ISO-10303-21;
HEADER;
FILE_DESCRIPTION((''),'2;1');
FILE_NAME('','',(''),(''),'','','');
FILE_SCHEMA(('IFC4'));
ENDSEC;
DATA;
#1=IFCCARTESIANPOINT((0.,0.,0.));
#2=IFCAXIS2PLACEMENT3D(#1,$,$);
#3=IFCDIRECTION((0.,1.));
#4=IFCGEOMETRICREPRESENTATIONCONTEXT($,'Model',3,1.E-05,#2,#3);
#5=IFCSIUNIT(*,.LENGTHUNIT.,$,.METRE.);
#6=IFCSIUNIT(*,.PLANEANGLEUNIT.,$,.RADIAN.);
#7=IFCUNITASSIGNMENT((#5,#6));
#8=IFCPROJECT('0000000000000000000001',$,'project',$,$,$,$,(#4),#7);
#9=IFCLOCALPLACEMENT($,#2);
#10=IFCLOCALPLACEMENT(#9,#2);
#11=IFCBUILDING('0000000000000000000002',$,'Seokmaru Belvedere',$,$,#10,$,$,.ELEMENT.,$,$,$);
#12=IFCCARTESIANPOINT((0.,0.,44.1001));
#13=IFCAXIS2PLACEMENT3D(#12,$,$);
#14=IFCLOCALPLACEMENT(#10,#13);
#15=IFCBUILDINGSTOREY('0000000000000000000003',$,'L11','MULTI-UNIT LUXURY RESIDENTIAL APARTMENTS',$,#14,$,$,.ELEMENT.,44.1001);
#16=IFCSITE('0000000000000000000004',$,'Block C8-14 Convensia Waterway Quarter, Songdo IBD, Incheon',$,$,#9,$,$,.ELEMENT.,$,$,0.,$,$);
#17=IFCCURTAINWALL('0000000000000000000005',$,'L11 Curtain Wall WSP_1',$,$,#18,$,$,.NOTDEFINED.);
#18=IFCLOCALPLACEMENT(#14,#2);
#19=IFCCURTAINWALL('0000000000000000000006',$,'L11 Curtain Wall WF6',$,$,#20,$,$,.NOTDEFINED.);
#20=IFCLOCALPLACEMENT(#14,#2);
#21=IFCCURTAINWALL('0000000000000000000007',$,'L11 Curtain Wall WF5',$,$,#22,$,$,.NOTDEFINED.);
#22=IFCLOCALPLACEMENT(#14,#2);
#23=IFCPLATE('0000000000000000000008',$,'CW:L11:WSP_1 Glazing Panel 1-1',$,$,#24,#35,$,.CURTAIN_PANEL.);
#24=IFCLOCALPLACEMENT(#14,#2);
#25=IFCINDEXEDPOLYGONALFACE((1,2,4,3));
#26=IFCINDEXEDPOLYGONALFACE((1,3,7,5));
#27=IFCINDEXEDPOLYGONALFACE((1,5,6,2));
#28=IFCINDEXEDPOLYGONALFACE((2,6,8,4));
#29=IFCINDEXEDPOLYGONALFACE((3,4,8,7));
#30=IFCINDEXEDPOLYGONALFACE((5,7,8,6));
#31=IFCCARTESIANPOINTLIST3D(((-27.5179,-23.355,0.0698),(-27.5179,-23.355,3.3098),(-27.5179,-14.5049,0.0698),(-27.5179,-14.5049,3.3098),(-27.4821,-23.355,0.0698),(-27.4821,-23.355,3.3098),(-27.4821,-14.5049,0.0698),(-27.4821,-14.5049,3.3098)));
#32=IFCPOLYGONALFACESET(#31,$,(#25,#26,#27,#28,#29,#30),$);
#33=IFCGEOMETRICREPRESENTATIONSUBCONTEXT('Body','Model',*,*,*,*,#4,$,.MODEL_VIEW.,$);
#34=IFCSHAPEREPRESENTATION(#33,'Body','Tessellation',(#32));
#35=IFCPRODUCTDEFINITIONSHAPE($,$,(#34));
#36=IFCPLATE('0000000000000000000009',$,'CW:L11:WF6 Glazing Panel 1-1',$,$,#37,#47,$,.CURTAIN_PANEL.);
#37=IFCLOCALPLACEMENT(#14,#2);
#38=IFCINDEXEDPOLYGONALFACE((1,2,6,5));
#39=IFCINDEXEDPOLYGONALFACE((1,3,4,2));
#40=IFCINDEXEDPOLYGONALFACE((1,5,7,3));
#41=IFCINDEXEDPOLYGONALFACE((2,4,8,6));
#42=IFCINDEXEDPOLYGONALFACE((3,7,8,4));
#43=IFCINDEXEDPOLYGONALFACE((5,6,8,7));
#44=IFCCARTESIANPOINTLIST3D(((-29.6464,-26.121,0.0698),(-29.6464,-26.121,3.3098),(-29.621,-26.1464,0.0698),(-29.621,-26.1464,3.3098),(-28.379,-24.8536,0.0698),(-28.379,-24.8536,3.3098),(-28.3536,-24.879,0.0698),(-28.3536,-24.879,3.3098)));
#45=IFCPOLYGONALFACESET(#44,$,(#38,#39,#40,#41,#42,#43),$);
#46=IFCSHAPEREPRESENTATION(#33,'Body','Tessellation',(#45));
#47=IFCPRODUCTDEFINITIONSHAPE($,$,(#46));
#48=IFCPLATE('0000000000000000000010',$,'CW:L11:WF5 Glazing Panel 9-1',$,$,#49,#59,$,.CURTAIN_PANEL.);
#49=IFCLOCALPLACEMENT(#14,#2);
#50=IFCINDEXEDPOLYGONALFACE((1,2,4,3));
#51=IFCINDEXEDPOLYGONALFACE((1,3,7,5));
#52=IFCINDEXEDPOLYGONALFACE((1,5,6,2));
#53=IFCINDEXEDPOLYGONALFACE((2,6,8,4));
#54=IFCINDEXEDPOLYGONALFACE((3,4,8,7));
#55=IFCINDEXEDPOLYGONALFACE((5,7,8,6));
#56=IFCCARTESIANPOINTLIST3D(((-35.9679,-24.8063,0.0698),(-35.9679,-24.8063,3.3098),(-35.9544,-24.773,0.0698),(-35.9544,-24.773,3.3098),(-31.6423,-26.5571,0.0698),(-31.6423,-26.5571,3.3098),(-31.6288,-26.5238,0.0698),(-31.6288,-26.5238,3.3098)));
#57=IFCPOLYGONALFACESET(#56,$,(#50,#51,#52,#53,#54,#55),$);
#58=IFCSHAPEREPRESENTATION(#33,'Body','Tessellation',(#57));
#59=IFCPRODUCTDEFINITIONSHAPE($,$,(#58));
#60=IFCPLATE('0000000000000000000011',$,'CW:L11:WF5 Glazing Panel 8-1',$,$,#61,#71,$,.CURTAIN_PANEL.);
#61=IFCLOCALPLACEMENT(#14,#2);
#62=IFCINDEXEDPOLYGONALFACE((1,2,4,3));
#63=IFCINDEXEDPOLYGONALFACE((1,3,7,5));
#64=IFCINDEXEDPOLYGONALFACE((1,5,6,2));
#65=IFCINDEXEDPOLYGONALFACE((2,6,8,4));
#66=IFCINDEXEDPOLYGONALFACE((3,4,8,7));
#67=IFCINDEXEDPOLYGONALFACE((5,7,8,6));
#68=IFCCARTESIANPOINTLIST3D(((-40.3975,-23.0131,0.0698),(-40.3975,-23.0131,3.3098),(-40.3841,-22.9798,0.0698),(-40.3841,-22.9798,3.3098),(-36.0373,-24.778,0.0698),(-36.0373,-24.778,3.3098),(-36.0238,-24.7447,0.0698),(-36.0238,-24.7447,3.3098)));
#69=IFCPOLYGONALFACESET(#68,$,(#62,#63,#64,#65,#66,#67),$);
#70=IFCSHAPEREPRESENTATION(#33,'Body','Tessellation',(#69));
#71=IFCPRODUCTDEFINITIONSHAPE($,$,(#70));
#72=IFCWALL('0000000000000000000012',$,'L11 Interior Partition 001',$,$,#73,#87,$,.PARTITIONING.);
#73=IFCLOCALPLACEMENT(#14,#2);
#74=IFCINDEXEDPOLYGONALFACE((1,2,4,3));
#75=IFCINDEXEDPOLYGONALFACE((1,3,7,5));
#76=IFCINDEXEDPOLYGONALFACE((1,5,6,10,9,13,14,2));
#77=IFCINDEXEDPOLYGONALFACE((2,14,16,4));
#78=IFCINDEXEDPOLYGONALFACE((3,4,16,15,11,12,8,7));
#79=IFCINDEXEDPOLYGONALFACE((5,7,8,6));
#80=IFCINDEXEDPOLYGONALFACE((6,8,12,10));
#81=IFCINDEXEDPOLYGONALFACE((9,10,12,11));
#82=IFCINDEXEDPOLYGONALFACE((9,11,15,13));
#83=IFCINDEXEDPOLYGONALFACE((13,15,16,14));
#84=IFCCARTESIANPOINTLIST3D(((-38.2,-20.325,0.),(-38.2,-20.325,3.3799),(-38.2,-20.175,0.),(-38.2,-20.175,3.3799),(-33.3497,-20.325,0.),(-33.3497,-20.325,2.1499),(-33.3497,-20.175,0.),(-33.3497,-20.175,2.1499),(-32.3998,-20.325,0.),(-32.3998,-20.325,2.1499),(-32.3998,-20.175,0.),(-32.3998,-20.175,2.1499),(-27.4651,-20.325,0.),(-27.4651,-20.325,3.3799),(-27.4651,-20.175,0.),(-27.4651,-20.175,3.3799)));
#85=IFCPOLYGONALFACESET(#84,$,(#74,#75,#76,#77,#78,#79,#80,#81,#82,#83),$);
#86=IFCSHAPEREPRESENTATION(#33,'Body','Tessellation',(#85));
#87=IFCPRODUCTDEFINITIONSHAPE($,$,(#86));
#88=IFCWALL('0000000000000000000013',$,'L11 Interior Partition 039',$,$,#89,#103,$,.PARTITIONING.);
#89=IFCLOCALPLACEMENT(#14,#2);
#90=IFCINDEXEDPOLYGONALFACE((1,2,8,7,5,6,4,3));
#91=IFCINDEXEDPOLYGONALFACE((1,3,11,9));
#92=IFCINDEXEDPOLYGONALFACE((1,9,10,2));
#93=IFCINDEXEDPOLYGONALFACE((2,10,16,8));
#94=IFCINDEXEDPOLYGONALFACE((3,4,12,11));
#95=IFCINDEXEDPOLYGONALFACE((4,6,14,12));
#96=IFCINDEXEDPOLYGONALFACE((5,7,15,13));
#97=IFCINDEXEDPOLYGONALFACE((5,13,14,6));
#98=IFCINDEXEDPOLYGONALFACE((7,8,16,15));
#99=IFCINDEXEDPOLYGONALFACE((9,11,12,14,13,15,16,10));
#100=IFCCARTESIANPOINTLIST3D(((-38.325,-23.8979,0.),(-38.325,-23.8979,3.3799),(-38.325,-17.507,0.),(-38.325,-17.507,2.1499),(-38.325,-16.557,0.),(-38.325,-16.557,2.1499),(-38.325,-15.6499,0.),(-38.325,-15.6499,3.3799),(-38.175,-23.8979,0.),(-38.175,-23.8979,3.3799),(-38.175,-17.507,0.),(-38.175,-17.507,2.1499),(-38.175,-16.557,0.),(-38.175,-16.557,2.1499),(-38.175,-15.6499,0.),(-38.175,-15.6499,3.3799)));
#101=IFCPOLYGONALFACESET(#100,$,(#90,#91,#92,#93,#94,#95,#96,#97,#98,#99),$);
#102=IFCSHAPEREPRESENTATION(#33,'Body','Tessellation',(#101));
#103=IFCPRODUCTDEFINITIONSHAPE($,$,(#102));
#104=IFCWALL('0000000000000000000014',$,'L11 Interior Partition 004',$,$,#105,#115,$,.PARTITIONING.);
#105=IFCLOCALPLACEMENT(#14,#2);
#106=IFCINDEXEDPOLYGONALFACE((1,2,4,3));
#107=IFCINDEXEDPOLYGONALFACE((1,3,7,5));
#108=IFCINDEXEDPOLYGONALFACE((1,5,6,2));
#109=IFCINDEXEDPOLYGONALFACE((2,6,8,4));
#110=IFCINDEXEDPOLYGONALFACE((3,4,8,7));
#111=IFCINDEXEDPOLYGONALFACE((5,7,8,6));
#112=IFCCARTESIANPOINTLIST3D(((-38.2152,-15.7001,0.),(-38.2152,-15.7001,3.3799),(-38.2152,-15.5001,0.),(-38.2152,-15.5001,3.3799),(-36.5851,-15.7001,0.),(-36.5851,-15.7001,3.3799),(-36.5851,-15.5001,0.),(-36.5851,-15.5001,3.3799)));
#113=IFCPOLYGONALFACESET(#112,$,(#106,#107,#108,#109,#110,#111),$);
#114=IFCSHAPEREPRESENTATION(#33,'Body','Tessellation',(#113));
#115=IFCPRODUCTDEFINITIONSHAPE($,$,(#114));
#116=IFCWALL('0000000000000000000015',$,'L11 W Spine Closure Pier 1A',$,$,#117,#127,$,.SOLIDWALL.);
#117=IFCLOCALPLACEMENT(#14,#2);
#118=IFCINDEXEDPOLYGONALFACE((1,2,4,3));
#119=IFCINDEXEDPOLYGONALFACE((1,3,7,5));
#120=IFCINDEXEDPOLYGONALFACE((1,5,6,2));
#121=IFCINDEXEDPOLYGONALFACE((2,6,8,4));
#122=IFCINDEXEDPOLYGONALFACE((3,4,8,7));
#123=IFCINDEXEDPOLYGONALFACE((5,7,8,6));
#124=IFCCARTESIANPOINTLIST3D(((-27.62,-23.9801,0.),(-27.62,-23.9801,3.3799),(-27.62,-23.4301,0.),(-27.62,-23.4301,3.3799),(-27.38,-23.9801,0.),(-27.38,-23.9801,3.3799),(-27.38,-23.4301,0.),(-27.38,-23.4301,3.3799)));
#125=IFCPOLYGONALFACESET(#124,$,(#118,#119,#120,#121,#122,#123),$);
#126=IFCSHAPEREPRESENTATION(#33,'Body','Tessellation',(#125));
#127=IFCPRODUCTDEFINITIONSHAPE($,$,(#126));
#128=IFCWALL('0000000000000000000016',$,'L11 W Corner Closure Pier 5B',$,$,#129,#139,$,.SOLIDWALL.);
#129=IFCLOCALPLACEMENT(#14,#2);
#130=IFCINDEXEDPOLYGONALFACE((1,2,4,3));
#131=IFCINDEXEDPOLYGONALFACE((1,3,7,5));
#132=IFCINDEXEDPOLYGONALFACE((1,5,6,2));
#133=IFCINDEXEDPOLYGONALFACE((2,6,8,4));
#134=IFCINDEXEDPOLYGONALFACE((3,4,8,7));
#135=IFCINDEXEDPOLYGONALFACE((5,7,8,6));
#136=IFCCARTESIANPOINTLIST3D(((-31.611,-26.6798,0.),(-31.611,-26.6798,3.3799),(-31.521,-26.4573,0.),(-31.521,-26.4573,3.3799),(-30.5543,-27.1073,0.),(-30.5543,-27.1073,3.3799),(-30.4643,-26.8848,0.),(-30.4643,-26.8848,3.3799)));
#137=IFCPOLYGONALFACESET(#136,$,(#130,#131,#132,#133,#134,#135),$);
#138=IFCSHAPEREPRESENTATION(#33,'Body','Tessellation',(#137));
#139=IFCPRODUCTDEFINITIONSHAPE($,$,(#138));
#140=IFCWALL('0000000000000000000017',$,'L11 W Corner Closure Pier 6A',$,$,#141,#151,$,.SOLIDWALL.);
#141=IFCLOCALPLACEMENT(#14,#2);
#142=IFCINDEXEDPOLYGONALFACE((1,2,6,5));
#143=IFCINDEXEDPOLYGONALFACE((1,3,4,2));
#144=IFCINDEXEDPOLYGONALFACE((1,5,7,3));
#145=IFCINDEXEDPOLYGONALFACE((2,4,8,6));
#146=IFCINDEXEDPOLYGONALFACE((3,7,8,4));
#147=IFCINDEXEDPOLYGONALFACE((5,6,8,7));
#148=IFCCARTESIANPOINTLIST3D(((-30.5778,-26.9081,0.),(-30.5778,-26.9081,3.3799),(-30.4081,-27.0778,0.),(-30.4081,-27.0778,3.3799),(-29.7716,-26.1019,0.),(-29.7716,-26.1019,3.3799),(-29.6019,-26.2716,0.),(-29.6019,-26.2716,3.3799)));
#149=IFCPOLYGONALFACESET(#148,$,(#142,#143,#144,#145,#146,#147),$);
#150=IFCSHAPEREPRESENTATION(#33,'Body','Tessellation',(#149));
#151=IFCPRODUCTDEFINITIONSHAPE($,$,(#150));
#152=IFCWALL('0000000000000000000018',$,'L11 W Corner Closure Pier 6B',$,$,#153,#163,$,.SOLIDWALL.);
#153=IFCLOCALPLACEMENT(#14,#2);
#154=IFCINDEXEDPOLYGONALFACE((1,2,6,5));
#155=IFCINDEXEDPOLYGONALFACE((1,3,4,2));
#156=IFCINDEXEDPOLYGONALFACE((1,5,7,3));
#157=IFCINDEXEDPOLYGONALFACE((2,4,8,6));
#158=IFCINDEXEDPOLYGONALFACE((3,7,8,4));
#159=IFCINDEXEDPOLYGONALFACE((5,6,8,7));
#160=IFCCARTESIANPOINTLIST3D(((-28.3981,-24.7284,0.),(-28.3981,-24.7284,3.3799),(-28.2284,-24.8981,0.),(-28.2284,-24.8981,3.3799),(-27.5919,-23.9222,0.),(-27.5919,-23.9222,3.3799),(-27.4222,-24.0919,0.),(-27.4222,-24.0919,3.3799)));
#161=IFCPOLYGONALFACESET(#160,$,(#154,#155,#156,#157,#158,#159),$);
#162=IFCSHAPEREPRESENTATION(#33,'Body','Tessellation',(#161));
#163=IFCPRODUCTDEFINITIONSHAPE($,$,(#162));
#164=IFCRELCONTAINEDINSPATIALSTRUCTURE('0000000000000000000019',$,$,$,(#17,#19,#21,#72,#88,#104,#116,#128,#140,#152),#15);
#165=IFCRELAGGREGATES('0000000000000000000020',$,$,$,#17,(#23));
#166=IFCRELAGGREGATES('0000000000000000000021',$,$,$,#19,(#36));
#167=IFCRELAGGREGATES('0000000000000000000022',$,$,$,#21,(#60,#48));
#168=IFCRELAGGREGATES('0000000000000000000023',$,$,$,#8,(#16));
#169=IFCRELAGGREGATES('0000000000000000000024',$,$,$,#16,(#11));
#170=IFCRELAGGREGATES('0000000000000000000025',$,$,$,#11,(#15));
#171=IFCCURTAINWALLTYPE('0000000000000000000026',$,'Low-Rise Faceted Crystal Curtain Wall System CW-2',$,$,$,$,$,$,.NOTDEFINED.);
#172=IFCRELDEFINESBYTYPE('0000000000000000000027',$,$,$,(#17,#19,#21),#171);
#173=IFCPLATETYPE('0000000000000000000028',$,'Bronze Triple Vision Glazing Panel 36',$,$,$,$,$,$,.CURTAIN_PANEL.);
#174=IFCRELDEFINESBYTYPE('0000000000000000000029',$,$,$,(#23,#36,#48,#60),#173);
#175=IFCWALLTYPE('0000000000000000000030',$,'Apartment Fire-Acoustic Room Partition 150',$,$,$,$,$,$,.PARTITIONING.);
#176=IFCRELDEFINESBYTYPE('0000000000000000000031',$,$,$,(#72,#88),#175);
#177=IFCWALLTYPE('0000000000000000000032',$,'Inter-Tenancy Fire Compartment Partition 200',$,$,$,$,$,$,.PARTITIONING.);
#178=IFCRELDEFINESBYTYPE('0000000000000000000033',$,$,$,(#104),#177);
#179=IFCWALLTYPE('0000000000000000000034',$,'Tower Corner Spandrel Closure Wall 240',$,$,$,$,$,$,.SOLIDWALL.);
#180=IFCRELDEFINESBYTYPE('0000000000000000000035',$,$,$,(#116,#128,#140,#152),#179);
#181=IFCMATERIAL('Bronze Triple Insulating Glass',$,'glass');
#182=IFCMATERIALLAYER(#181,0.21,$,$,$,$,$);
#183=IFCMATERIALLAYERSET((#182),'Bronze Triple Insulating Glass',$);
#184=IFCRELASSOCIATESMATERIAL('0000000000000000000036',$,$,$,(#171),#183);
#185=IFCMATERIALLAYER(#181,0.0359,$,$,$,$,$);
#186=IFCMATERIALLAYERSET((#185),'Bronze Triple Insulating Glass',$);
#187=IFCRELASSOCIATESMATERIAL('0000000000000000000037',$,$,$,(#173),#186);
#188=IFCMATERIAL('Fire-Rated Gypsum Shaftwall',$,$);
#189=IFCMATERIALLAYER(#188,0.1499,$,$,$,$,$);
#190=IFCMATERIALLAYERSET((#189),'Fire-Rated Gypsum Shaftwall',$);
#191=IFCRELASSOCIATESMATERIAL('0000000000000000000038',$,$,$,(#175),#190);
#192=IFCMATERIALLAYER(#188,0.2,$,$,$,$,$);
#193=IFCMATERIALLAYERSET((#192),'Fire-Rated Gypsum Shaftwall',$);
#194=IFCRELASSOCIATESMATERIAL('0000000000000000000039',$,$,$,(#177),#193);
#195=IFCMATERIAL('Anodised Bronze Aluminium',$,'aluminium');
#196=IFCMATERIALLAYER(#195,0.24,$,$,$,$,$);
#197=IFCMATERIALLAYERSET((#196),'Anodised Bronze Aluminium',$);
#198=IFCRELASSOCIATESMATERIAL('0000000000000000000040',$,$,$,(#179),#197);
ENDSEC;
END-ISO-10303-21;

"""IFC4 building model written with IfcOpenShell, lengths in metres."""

from ifc_helpers import new_model, si_unit, direction, frame, frame_2d, origin, origin_2d, place, context, subcontext, project, spatial, rectangle, extrude, source, transform, mapped, material, layer, layer_set, type_object, type_shapes, element, aggregate, save


model = new_model("IFC4")

# Units and contexts
model_context = context("Model", 3, precision=1e-05, world=origin(), true_north=direction((0.0, 1.0)))
body_context = subcontext(model_context, "Body", "Model", "MODEL_VIEW")
ifc_project = project(units=[si_unit("LENGTHUNIT", "METRE"), si_unit("PLANEANGLEUNIT", "RADIAN")], contexts=[model_context])

# Site, building, storey
site_placement = place(None, origin())
site = spatial("IfcSite", under=ifc_project, at=site_placement, Name="Block C8-14 Convensia Waterway Quarter, Songdo IBD, Incheon", CompositionType="ELEMENT", RefElevation=0.0)
building_placement = place(site_placement, origin())
building = spatial("IfcBuilding", under=site, at=building_placement, Name="Seokmaru Belvedere", CompositionType="ELEMENT")
storey_placement = place(building_placement, frame((0.0, 0.0, 44.1001)))
storey = spatial("IfcBuildingStorey", under=building, at=storey_placement, Name="L11", Description="MULTI-UNIT LUXURY RESIDENTIAL APARTMENTS", CompositionType="ELEMENT", Elevation=44.1001)

# Curtain walls
ifc_material_1 = material(Name="Bronze Triple Insulating Glass", Category="glass")
ifc_layer_1 = layer(ifc_material_1, 0.21)
ifc_layer_set_1 = layer_set([ifc_layer_1], Name="Bronze Triple Insulating Glass")
curtain_wall_type = type_object("IfcCurtainWallType", Name="Low-Rise Faceted Crystal Curtain Wall System CW-2", PredefinedType="NOTDEFINED", material=ifc_layer_set_1)
curtain_wall_1_placement = place(storey_placement, origin())
curtain_wall_1 = element("IfcCurtainWall", 1, at=curtain_wall_1_placement, inside=storey, type_object=curtain_wall_type, Name="L11 Curtain Wall WSP_1", PredefinedType="NOTDEFINED")
ifc_material_2 = material(Name="Anodised Bronze Aluminium", Category="aluminium")
curtain_wall_2_placement = place(storey_placement, origin())
curtain_wall_2 = element("IfcCurtainWall", 2, at=curtain_wall_2_placement, inside=storey, type_object=curtain_wall_type, Name="L11 Curtain Wall WF6", PredefinedType="NOTDEFINED")
curtain_wall_3_placement = place(storey_placement, origin())
curtain_wall_3 = element("IfcCurtainWall", 3, at=curtain_wall_3_placement, inside=storey, type_object=curtain_wall_type, Name="L11 Curtain Wall WF5", PredefinedType="NOTDEFINED")

# Plates
ifc_layer_2 = layer(ifc_material_1, 0.0359)
ifc_layer_set_2 = layer_set([ifc_layer_2], Name="Bronze Triple Insulating Glass")
plate_type = type_object("IfcPlateType", Name="Bronze Triple Vision Glazing Panel 36", PredefinedType="CURTAIN_PANEL", material=ifc_layer_set_2)
shared_shape_1 = source(origin(), body_context, "Body", "SweptSolid", [
    extrude(rectangle(XDim=8.8501, YDim=0.0359, at=origin_2d()), origin(), (0.0, 0.0, 1.0), 3.24),
])
plate_1_placement = place(storey_placement, frame((-27.5, -18.9299, 0.0698), z_axis=(0.0, 0.0, 1.0), x_axis=(0.0, 1.0, 0.0)))
plate_1 = element("IfcPlate", 4, at=plate_1_placement, type_object=plate_type, Name="CW:L11:WSP_1 Glazing Panel 1-1", PredefinedType="CURTAIN_PANEL", context=body_context, shape_type="MappedRepresentation", body=[
    mapped(shared_shape_1, transform((0.0, 0.0, 0.0), scale=1.0)),
])
aggregate(curtain_wall_1, [plate_1])
shared_shape_2 = source(origin(), body_context, "Body", "SweptSolid", [
    extrude(rectangle(XDim=1.7925, YDim=0.0359, at=origin_2d()), origin(), (0.0, 0.0, 1.0), 3.24),
])
plate_2_placement = place(storey_placement, frame((-29.0, -25.5, 0.0698), z_axis=(0.0, 0.0, 1.0), x_axis=(0.707107, 0.707107, 0.0)))
plate_2 = element("IfcPlate", 5, at=plate_2_placement, type_object=plate_type, Name="CW:L11:WF6 Glazing Panel 1-1", PredefinedType="CURTAIN_PANEL", context=body_context, shape_type="MappedRepresentation", body=[
    mapped(shared_shape_2, transform((0.0, 0.0, 0.0), scale=1.0)),
])
aggregate(curtain_wall_2, [plate_2])
shared_shape_3 = source(origin(), body_context, "Body", "SweptSolid", [
    extrude(rectangle(XDim=4.6665, YDim=0.0359, at=origin_2d()), origin(), (0.0, 0.0, 1.0), 3.24),
])
plate_3_placement = place(storey_placement, frame((-33.7983, -25.665, 0.0698), z_axis=(0.0, 0.0, 1.0), x_axis=(0.926947, -0.375192, 0.0)))
plate_3 = element("IfcPlate", 6, at=plate_3_placement, type_object=plate_type, Name="CW:L11:WF5 Glazing Panel 9-1", PredefinedType="CURTAIN_PANEL", context=body_context, shape_type="MappedRepresentation", body=[
    mapped(shared_shape_3, transform((0.0, 0.0, 0.0), scale=1.0)),
])
shared_shape_4 = source(origin(), body_context, "Body", "SweptSolid", [
    extrude(rectangle(XDim=4.7039, YDim=0.0359, at=origin_2d()), origin(), (0.0, 0.0, 1.0), 3.24),
])
type_shapes(plate_type, [shared_shape_1, shared_shape_2, shared_shape_3, shared_shape_4])
plate_4_placement = place(storey_placement, frame((-38.2107, -23.8789, 0.0698), z_axis=(0.0, 0.0, 1.0), x_axis=(0.926947, -0.375192, 0.0)))
plate_4 = element("IfcPlate", 7, at=plate_4_placement, type_object=plate_type, Name="CW:L11:WF5 Glazing Panel 8-1", PredefinedType="CURTAIN_PANEL", context=body_context, shape_type="MappedRepresentation", body=[
    mapped(shared_shape_4, transform((0.0, 0.0, 0.0), scale=1.0)),
])
aggregate(curtain_wall_3, [plate_4, plate_3])

# Walls, openings
ifc_material_3 = material(Name="Fire-Rated Gypsum Shaftwall")
ifc_layer_3 = layer(ifc_material_3, 0.1499)
ifc_layer_set_3 = layer_set([ifc_layer_3], Name="Fire-Rated Gypsum Shaftwall")
wall_type_1 = type_object("IfcWallType", Name="Apartment Fire-Acoustic Room Partition 150", PredefinedType="PARTITIONING", material=ifc_layer_set_3)
wall_1_placement = place(storey_placement, frame((-38.2, -20.25, 0.0), z_axis=(0.0, 0.0, 1.0), x_axis=(1.0, 0.0, 0.0)))
wall_1 = element("IfcWall", 8, at=wall_1_placement, inside=storey, type_object=wall_type_1, Name="L11 Interior Partition 001", PredefinedType="PARTITIONING", context=body_context, shape_type="SweptSolid", body=[
    extrude(rectangle(XDim=10.7349, YDim=0.1499, at=frame_2d((5.3674, 0.0))), origin(), (0.0, 0.0, 1.0), 3.3799),
])
opening_1_placement = place(wall_1_placement, frame((4.8501, 0.0, 0.0)))
element("IfcOpeningElement", 9, at=opening_1_placement, cuts=wall_1, PredefinedType="OPENING", context=body_context, shape_type="SweptSolid", body=[
    extrude(rectangle(XDim=0.95, YDim=2.1499, at=frame_2d((0.4751, 1.075))), frame((0.0, 0.085, 0.0), z_axis=(0.0, -1.0, 0.0), x_axis=(1.0, 0.0, 0.0)), (0.0, 0.0, 1.0), 0.1699),
])
wall_2_placement = place(storey_placement, frame((-38.25, -23.8979, 0.0), z_axis=(0.0, 0.0, 1.0), x_axis=(0.0, 1.0, 0.0)))
wall_2 = element("IfcWall", 10, at=wall_2_placement, inside=storey, type_object=wall_type_1, Name="L11 Interior Partition 039", PredefinedType="PARTITIONING", context=body_context, shape_type="SweptSolid", body=[
    extrude(rectangle(XDim=8.248, YDim=0.1499, at=frame_2d((4.124, 0.0))), origin(), (0.0, 0.0, 1.0), 3.3799),
])
opening_2_placement = place(wall_2_placement, frame((6.3909, 0.0, 0.0)))
element("IfcOpeningElement", 11, at=opening_2_placement, cuts=wall_2, PredefinedType="OPENING", context=body_context, shape_type="SweptSolid", body=[
    extrude(rectangle(XDim=0.95, YDim=2.1499, at=frame_2d((0.4751, 1.075))), frame((0.0, 0.085, 0.0), z_axis=(0.0, -1.0, 0.0), x_axis=(1.0, 0.0, 0.0)), (0.0, 0.0, 1.0), 0.1699),
])

# Walls
ifc_layer_4 = layer(ifc_material_3, 0.2)
ifc_layer_set_4 = layer_set([ifc_layer_4], Name="Fire-Rated Gypsum Shaftwall")
wall_type_2 = type_object("IfcWallType", Name="Inter-Tenancy Fire Compartment Partition 200", PredefinedType="PARTITIONING", material=ifc_layer_set_4)
wall_3_placement = place(storey_placement, frame((-38.2151, -15.6001, 0.0), z_axis=(0.0, 0.0, 1.0), x_axis=(1.0, 0.0, 0.0)))
element("IfcWall", 12, at=wall_3_placement, inside=storey, type_object=wall_type_2, Name="L11 Interior Partition 004", PredefinedType="PARTITIONING", context=body_context, shape_type="SweptSolid", body=[
    extrude(rectangle(XDim=1.6301, YDim=0.2, at=frame_2d((0.8149, 0.0))), origin(), (0.0, 0.0, 1.0), 3.3799),
])
ifc_layer_5 = layer(ifc_material_2, 0.24)
ifc_layer_set_5 = layer_set([ifc_layer_5], Name="Anodised Bronze Aluminium")
wall_type_3 = type_object("IfcWallType", Name="Tower Corner Spandrel Closure Wall 240", PredefinedType="SOLIDWALL", material=ifc_layer_set_5)
wall_4_placement = place(storey_placement, frame((-27.5, -23.98, 0.0), z_axis=(0.0, 0.0, 1.0), x_axis=(0.0, 1.0, 0.0)))
element("IfcWall", 13, at=wall_4_placement, inside=storey, type_object=wall_type_3, Name="L11 W Spine Closure Pier 1A", PredefinedType="SOLIDWALL", context=body_context, shape_type="SweptSolid", body=[
    extrude(rectangle(XDim=0.55, YDim=0.24, at=frame_2d((0.2749, 0.0))), origin(), (0.0, 0.0, 1.0), 3.3799),
])
wall_5_placement = place(storey_placement, frame((-31.5659, -26.5686, 0.0), z_axis=(0.0, 0.0, 1.0), x_axis=(0.927007, -0.375044, 0.0)))
element("IfcWall", 14, at=wall_5_placement, inside=storey, type_object=wall_type_3, Name="L11 W Corner Closure Pier 5B", PredefinedType="SOLIDWALL", context=body_context, shape_type="SweptSolid", body=[
    extrude(rectangle(XDim=1.1399, YDim=0.24, at=frame_2d((0.5698, 0.0))), origin(), (0.0, 0.0, 1.0), 3.3799),
])
for number, where, z_axis, x_axis, name in (
    (15, (-30.4929, -26.9929, 0.0), (0.0, 0.0, 1.0), (0.707107, 0.707107, 0.0), "L11 W Corner Closure Pier 6A"),
    (16, (-28.3132, -24.8132, 0.0), (0.0, 0.0, 1.0), (0.707107, 0.707107, 0.0), "L11 W Corner Closure Pier 6B"),
):
    element("IfcWall", number, at=place(storey_placement, frame(where, z_axis=z_axis, x_axis=x_axis)), inside=storey, type_object=wall_type_3, Name=name, PredefinedType="SOLIDWALL", context=body_context, shape_type="SweptSolid", body=[
        extrude(rectangle(XDim=1.1401, YDim=0.24, at=frame_2d((0.5701, 0.0))), origin(), (0.0, 0.0, 1.0), 3.3799),
    ])

save(model, "model.ifc")
